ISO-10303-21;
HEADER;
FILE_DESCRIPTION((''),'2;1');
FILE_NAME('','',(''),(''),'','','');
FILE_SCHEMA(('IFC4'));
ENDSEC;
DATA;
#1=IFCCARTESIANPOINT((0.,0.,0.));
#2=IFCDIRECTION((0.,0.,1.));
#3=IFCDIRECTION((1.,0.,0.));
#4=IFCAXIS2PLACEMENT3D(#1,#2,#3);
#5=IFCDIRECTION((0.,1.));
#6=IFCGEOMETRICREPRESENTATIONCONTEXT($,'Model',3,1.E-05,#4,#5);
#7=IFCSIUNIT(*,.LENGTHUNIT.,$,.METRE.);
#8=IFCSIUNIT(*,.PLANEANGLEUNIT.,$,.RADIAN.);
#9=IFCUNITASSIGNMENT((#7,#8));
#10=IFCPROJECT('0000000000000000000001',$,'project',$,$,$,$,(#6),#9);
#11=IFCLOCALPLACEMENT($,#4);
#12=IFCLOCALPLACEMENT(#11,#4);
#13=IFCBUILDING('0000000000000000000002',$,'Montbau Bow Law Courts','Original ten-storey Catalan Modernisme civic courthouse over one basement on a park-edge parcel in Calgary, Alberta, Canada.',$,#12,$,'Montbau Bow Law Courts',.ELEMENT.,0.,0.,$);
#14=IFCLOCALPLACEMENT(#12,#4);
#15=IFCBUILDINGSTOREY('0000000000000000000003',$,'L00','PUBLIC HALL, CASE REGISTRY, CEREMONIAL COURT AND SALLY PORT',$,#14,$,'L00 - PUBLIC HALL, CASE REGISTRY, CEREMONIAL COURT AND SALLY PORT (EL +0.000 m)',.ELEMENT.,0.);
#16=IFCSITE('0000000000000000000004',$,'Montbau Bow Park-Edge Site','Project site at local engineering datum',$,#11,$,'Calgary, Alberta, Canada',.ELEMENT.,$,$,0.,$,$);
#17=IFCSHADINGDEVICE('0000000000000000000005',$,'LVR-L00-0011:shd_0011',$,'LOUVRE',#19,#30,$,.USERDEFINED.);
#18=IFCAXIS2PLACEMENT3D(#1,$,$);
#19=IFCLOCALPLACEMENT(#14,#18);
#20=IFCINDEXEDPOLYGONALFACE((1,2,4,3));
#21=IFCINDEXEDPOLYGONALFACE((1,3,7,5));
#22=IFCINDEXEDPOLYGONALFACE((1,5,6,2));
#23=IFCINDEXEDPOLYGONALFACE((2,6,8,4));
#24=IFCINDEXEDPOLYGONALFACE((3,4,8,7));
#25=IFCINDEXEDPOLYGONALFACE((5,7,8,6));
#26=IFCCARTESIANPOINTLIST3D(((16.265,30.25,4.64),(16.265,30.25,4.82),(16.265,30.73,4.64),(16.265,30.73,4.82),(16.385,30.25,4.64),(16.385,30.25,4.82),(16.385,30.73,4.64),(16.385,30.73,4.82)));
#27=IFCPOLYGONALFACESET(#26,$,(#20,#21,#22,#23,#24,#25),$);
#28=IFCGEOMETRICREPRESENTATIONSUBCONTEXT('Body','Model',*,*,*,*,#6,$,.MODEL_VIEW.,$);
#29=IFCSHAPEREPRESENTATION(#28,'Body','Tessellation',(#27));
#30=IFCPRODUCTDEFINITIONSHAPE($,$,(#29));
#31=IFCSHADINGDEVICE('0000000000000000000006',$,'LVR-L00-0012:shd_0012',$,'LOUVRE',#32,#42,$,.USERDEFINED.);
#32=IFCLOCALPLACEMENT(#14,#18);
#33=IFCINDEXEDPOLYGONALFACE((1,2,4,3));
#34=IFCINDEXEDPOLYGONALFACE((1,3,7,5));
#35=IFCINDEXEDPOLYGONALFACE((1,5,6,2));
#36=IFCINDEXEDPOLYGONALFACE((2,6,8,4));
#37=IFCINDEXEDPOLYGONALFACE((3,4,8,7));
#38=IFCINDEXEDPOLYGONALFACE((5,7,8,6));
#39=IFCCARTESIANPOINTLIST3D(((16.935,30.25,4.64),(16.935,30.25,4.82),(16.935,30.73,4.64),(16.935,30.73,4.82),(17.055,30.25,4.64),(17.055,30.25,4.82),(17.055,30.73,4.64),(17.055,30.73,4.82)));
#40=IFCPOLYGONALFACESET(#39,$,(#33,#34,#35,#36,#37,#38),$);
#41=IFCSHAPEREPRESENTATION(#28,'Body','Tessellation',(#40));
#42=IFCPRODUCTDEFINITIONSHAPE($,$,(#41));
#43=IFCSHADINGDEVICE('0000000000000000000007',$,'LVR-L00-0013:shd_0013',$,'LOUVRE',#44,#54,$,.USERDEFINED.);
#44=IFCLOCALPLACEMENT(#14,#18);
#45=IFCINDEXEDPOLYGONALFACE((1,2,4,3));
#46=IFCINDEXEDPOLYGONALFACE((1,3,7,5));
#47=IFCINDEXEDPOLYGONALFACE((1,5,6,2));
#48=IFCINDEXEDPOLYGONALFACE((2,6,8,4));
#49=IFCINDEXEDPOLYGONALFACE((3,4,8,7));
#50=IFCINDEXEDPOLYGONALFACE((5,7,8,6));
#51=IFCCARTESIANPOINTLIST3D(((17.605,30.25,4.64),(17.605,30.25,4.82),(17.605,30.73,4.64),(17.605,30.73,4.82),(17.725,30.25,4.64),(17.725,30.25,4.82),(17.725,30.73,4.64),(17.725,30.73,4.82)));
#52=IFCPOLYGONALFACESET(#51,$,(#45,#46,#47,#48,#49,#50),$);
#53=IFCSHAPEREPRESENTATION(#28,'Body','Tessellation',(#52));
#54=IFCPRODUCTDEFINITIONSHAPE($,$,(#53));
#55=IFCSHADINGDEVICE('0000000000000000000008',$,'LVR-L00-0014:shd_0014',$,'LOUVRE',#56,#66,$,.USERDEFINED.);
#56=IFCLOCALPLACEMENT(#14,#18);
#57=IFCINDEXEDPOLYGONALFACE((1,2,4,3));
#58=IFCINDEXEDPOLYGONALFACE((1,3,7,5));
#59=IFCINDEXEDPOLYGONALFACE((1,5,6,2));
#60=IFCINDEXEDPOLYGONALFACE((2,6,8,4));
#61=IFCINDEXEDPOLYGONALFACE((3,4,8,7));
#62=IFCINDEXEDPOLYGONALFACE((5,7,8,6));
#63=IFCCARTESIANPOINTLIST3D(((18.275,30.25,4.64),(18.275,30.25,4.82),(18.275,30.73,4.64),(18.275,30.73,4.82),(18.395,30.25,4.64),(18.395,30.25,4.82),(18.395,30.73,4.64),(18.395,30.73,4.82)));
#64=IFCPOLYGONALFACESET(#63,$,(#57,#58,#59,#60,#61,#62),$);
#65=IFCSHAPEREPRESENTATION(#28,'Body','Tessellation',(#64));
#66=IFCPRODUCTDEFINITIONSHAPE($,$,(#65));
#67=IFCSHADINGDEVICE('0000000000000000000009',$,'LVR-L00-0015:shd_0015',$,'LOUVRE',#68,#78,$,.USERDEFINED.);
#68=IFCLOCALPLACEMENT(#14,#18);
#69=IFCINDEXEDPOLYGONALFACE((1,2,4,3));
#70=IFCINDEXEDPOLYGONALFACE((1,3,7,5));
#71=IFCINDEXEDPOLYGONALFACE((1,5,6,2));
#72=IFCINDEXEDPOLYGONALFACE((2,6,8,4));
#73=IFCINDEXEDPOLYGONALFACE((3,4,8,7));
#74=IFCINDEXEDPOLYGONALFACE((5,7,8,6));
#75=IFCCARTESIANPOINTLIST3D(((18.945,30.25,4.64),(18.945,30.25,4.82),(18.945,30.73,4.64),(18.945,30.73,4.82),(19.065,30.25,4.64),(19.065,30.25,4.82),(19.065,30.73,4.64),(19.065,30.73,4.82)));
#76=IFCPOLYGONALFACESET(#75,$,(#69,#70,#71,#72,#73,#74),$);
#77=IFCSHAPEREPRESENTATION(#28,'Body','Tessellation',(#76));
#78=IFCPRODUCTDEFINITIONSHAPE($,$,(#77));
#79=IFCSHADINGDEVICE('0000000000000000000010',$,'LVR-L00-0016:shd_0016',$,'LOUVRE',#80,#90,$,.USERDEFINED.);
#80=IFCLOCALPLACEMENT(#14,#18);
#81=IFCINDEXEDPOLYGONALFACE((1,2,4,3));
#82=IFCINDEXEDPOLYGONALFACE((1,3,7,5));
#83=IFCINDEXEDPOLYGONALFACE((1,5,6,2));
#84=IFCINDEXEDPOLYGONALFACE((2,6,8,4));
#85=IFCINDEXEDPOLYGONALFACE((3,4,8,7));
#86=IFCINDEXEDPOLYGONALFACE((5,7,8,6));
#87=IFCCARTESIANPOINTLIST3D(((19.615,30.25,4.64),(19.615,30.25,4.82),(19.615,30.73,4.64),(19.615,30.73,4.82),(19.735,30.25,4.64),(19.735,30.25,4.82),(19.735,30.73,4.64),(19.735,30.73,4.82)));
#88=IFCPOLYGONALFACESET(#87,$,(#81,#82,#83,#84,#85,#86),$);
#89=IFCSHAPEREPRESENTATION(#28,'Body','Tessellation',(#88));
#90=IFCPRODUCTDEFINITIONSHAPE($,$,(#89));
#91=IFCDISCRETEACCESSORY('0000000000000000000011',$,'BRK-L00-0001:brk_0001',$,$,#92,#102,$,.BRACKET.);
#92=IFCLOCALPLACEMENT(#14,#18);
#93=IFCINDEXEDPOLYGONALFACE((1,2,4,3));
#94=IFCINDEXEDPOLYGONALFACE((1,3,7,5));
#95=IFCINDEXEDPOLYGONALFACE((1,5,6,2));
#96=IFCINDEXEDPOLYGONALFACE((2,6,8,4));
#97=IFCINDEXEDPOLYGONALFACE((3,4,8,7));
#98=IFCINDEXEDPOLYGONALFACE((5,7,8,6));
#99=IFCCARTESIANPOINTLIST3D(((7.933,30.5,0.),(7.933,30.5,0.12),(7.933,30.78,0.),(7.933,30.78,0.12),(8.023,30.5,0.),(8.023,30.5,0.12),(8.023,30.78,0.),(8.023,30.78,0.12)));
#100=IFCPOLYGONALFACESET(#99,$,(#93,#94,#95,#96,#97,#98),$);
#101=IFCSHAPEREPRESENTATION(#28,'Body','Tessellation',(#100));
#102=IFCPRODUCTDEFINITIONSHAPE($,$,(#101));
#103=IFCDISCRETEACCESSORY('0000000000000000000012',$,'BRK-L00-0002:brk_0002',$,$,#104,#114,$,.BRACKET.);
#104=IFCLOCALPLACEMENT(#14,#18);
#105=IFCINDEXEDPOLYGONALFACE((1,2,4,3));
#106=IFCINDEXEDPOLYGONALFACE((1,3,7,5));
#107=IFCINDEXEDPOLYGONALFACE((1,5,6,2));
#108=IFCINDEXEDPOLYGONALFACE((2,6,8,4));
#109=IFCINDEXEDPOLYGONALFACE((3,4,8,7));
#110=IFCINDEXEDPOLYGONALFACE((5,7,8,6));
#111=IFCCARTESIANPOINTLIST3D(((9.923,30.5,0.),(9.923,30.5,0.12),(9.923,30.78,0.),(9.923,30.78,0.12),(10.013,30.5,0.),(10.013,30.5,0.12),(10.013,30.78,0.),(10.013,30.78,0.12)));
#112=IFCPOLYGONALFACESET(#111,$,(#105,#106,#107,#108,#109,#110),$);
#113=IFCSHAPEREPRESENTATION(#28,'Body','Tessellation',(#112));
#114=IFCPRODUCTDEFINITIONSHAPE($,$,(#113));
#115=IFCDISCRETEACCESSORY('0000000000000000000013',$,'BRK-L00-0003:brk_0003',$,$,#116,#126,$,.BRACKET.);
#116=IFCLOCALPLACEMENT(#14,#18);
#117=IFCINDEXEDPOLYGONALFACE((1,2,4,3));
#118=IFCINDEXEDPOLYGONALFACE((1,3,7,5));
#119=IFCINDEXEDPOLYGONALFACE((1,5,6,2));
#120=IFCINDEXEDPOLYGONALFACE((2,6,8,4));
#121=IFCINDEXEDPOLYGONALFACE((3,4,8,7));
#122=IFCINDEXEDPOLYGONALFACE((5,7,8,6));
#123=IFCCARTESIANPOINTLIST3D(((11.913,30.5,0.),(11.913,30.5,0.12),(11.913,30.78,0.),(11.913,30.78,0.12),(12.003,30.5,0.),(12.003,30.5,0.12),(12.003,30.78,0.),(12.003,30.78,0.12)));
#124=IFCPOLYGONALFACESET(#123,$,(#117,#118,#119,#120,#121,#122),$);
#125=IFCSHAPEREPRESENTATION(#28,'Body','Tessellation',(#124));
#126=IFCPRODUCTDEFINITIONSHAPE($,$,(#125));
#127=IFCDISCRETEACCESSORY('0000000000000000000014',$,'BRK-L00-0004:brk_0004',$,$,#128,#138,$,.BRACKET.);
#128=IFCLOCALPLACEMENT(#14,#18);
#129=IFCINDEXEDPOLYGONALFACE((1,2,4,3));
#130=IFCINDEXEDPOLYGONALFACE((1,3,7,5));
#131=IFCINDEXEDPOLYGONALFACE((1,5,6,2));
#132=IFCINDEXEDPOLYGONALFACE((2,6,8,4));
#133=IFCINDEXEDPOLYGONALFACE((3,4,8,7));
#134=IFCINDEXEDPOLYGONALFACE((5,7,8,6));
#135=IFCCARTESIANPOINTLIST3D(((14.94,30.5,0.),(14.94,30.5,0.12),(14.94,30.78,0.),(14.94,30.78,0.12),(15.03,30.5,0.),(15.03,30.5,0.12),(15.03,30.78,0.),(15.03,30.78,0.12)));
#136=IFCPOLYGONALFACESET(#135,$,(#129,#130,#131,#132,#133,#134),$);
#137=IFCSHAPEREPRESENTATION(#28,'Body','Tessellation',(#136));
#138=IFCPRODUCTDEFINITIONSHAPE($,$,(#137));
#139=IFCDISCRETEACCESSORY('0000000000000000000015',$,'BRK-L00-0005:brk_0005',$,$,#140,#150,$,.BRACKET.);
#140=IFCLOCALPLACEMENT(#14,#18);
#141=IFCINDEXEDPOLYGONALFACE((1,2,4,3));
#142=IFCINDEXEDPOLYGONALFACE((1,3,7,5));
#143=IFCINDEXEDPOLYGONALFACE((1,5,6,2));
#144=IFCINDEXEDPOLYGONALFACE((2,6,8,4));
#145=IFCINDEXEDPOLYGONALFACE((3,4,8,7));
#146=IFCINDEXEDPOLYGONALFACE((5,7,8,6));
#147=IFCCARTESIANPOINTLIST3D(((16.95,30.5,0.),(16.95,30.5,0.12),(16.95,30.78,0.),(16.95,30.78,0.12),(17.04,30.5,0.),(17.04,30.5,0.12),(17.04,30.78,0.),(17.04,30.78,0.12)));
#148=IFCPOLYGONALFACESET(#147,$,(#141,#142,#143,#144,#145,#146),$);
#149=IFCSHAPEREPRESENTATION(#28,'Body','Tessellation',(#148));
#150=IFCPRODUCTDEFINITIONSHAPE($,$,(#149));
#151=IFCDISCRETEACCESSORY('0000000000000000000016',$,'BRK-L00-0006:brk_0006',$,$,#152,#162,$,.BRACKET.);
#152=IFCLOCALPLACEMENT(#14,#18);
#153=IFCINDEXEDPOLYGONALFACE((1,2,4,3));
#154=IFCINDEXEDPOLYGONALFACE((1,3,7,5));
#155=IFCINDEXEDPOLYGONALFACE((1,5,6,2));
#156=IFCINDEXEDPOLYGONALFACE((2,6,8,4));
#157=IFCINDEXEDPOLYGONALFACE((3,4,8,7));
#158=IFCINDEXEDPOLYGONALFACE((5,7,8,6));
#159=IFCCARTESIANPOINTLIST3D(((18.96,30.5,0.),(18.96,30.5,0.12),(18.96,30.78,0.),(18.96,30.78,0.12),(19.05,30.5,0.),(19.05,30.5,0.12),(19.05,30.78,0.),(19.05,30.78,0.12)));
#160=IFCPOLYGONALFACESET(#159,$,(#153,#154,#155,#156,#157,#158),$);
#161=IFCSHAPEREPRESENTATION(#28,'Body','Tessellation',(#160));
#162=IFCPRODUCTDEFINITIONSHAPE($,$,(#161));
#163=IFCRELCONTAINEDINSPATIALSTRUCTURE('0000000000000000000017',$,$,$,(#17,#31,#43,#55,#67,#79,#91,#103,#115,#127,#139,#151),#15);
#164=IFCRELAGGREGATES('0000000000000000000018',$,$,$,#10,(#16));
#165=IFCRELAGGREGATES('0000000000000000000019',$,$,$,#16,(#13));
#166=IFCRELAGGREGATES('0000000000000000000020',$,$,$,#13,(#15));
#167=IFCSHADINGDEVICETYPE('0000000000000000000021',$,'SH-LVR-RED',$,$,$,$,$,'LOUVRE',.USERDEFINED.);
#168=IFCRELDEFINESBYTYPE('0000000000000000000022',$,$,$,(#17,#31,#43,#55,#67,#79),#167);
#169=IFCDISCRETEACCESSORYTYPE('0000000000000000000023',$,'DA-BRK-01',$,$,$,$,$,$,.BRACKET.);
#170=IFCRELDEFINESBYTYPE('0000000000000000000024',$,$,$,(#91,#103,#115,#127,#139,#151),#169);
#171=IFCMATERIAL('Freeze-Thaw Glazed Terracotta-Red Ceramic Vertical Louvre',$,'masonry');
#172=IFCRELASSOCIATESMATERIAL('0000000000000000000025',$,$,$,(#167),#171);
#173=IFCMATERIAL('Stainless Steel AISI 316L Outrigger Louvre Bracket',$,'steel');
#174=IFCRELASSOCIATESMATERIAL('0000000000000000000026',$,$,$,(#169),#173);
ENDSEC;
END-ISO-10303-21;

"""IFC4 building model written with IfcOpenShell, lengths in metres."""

from ifc_helpers import new_model, si_unit, direction, frame, origin_with_axes, origin_2d_with_axis, place, context, subcontext, project, spatial, rectangle, extrude, material, type_object, element, save


model = new_model("IFC4")

# Units and contexts
model_context = context("Model", 3, precision=1e-05, world=origin_with_axes(), true_north=direction((0.0, 1.0)))
body_context = subcontext(model_context, "Body", "Model", "MODEL_VIEW")
ifc_project = project(units=[si_unit("LENGTHUNIT", "METRE"), si_unit("PLANEANGLEUNIT", "RADIAN")], contexts=[model_context])

# Site, building, storey
site_placement = place(None, origin_with_axes())
site = spatial("IfcSite", under=ifc_project, at=site_placement, Name="Montbau Bow Park-Edge Site", Description="Project site at local engineering datum", LongName="Calgary, Alberta, Canada", CompositionType="ELEMENT", RefElevation=0.0)
building_placement = place(site_placement, origin_with_axes())
building = spatial("IfcBuilding", under=site, at=building_placement, Name="Montbau Bow Law Courts", Description="Original ten-storey Catalan Modernisme civic courthouse over one basement on a park-edge parcel in Calgary, Alberta, Canada.", LongName="Montbau Bow Law Courts", CompositionType="ELEMENT", ElevationOfRefHeight=0.0, ElevationOfTerrain=0.0)
storey_placement = place(building_placement, origin_with_axes())
storey = spatial("IfcBuildingStorey", under=building, at=storey_placement, Name="L00", Description="PUBLIC HALL, CASE REGISTRY, CEREMONIAL COURT AND SALLY PORT", LongName="L00 - PUBLIC HALL, CASE REGISTRY, CEREMONIAL COURT AND SALLY PORT (EL +0.000 m)", CompositionType="ELEMENT", Elevation=0.0)

# Shared definitions
ifc_material_1 = material(Name="Freeze-Thaw Glazed Terracotta-Red Ceramic Vertical Louvre", Category="masonry")

# Shading devices
shading_device_type = type_object("IfcShadingDeviceType", Name="SH-LVR-RED", ElementType="LOUVRE", PredefinedType="USERDEFINED", material=ifc_material_1)
for number, where, z_axis, x_axis, name in (
    (1, (16.325, 30.49, 4.64), (0.0, 0.0, 1.0), (0.0, -1.0, 0.0), "LVR-L00-0011:shd_0011"),
    (2, (16.995, 30.49, 4.64), (0.0, 0.0, 1.0), (0.0, -1.0, 0.0), "LVR-L00-0012:shd_0012"),
    (3, (17.665, 30.49, 4.64), (0.0, 0.0, 1.0), (0.0, -1.0, 0.0), "LVR-L00-0013:shd_0013"),
    (4, (18.335, 30.49, 4.64), (0.0, 0.0, 1.0), (0.0, -1.0, 0.0), "LVR-L00-0014:shd_0014"),
    (5, (19.005, 30.49, 4.64), (0.0, 0.0, 1.0), (0.0, -1.0, 0.0), "LVR-L00-0015:shd_0015"),
    (6, (19.675, 30.49, 4.64), (0.0, 0.0, 1.0), (0.0, -1.0, 0.0), "LVR-L00-0016:shd_0016"),
):
    element("IfcShadingDevice", number, at=place(None, frame(where, z_axis=z_axis, x_axis=x_axis)), inside=storey, type_object=shading_device_type, Name=name, ObjectType="LOUVRE", PredefinedType="USERDEFINED", context=body_context, shape_type="SweptSolid", body=[
        extrude(rectangle(XDim=0.48, YDim=0.12, at=origin_2d_with_axis()), origin_with_axes(), (0.0, 0.0, 1.0), 0.18),
    ])

# Discrete accessories
ifc_material_2 = material(Name="Stainless Steel AISI 316L Outrigger Louvre Bracket", Category="steel")
discrete_accessory_type = type_object("IfcDiscreteAccessoryType", Name="DA-BRK-01", PredefinedType="BRACKET", material=ifc_material_2)
for number, where, z_axis, x_axis, name in (
    (7, (7.978, 30.64, 0.0), (0.0, 0.0, 1.0), (0.0, -1.0, 0.0), "BRK-L00-0001:brk_0001"),
    (8, (9.968, 30.64, 0.0), (0.0, 0.0, 1.0), (0.0, -1.0, 0.0), "BRK-L00-0002:brk_0002"),
    (9, (11.958, 30.64, 0.0), (0.0, 0.0, 1.0), (0.0, -1.0, 0.0), "BRK-L00-0003:brk_0003"),
    (10, (14.985, 30.64, 0.0), (0.0, 0.0, 1.0), (0.0, -1.0, 0.0), "BRK-L00-0004:brk_0004"),
    (11, (16.995, 30.64, 0.0), (0.0, 0.0, 1.0), (0.0, -1.0, 0.0), "BRK-L00-0005:brk_0005"),
    (12, (19.005, 30.64, 0.0), (0.0, 0.0, 1.0), (0.0, -1.0, 0.0), "BRK-L00-0006:brk_0006"),
):
    element("IfcDiscreteAccessory", number, at=place(None, frame(where, z_axis=z_axis, x_axis=x_axis)), inside=storey, type_object=discrete_accessory_type, Name=name, PredefinedType="BRACKET", context=body_context, shape_type="SweptSolid", body=[
        extrude(rectangle(XDim=0.28, YDim=0.09, at=origin_2d_with_axis()), origin_with_axes(), (0.0, 0.0, 1.0), 0.12),
    ])

save(model, "model.ifc")
